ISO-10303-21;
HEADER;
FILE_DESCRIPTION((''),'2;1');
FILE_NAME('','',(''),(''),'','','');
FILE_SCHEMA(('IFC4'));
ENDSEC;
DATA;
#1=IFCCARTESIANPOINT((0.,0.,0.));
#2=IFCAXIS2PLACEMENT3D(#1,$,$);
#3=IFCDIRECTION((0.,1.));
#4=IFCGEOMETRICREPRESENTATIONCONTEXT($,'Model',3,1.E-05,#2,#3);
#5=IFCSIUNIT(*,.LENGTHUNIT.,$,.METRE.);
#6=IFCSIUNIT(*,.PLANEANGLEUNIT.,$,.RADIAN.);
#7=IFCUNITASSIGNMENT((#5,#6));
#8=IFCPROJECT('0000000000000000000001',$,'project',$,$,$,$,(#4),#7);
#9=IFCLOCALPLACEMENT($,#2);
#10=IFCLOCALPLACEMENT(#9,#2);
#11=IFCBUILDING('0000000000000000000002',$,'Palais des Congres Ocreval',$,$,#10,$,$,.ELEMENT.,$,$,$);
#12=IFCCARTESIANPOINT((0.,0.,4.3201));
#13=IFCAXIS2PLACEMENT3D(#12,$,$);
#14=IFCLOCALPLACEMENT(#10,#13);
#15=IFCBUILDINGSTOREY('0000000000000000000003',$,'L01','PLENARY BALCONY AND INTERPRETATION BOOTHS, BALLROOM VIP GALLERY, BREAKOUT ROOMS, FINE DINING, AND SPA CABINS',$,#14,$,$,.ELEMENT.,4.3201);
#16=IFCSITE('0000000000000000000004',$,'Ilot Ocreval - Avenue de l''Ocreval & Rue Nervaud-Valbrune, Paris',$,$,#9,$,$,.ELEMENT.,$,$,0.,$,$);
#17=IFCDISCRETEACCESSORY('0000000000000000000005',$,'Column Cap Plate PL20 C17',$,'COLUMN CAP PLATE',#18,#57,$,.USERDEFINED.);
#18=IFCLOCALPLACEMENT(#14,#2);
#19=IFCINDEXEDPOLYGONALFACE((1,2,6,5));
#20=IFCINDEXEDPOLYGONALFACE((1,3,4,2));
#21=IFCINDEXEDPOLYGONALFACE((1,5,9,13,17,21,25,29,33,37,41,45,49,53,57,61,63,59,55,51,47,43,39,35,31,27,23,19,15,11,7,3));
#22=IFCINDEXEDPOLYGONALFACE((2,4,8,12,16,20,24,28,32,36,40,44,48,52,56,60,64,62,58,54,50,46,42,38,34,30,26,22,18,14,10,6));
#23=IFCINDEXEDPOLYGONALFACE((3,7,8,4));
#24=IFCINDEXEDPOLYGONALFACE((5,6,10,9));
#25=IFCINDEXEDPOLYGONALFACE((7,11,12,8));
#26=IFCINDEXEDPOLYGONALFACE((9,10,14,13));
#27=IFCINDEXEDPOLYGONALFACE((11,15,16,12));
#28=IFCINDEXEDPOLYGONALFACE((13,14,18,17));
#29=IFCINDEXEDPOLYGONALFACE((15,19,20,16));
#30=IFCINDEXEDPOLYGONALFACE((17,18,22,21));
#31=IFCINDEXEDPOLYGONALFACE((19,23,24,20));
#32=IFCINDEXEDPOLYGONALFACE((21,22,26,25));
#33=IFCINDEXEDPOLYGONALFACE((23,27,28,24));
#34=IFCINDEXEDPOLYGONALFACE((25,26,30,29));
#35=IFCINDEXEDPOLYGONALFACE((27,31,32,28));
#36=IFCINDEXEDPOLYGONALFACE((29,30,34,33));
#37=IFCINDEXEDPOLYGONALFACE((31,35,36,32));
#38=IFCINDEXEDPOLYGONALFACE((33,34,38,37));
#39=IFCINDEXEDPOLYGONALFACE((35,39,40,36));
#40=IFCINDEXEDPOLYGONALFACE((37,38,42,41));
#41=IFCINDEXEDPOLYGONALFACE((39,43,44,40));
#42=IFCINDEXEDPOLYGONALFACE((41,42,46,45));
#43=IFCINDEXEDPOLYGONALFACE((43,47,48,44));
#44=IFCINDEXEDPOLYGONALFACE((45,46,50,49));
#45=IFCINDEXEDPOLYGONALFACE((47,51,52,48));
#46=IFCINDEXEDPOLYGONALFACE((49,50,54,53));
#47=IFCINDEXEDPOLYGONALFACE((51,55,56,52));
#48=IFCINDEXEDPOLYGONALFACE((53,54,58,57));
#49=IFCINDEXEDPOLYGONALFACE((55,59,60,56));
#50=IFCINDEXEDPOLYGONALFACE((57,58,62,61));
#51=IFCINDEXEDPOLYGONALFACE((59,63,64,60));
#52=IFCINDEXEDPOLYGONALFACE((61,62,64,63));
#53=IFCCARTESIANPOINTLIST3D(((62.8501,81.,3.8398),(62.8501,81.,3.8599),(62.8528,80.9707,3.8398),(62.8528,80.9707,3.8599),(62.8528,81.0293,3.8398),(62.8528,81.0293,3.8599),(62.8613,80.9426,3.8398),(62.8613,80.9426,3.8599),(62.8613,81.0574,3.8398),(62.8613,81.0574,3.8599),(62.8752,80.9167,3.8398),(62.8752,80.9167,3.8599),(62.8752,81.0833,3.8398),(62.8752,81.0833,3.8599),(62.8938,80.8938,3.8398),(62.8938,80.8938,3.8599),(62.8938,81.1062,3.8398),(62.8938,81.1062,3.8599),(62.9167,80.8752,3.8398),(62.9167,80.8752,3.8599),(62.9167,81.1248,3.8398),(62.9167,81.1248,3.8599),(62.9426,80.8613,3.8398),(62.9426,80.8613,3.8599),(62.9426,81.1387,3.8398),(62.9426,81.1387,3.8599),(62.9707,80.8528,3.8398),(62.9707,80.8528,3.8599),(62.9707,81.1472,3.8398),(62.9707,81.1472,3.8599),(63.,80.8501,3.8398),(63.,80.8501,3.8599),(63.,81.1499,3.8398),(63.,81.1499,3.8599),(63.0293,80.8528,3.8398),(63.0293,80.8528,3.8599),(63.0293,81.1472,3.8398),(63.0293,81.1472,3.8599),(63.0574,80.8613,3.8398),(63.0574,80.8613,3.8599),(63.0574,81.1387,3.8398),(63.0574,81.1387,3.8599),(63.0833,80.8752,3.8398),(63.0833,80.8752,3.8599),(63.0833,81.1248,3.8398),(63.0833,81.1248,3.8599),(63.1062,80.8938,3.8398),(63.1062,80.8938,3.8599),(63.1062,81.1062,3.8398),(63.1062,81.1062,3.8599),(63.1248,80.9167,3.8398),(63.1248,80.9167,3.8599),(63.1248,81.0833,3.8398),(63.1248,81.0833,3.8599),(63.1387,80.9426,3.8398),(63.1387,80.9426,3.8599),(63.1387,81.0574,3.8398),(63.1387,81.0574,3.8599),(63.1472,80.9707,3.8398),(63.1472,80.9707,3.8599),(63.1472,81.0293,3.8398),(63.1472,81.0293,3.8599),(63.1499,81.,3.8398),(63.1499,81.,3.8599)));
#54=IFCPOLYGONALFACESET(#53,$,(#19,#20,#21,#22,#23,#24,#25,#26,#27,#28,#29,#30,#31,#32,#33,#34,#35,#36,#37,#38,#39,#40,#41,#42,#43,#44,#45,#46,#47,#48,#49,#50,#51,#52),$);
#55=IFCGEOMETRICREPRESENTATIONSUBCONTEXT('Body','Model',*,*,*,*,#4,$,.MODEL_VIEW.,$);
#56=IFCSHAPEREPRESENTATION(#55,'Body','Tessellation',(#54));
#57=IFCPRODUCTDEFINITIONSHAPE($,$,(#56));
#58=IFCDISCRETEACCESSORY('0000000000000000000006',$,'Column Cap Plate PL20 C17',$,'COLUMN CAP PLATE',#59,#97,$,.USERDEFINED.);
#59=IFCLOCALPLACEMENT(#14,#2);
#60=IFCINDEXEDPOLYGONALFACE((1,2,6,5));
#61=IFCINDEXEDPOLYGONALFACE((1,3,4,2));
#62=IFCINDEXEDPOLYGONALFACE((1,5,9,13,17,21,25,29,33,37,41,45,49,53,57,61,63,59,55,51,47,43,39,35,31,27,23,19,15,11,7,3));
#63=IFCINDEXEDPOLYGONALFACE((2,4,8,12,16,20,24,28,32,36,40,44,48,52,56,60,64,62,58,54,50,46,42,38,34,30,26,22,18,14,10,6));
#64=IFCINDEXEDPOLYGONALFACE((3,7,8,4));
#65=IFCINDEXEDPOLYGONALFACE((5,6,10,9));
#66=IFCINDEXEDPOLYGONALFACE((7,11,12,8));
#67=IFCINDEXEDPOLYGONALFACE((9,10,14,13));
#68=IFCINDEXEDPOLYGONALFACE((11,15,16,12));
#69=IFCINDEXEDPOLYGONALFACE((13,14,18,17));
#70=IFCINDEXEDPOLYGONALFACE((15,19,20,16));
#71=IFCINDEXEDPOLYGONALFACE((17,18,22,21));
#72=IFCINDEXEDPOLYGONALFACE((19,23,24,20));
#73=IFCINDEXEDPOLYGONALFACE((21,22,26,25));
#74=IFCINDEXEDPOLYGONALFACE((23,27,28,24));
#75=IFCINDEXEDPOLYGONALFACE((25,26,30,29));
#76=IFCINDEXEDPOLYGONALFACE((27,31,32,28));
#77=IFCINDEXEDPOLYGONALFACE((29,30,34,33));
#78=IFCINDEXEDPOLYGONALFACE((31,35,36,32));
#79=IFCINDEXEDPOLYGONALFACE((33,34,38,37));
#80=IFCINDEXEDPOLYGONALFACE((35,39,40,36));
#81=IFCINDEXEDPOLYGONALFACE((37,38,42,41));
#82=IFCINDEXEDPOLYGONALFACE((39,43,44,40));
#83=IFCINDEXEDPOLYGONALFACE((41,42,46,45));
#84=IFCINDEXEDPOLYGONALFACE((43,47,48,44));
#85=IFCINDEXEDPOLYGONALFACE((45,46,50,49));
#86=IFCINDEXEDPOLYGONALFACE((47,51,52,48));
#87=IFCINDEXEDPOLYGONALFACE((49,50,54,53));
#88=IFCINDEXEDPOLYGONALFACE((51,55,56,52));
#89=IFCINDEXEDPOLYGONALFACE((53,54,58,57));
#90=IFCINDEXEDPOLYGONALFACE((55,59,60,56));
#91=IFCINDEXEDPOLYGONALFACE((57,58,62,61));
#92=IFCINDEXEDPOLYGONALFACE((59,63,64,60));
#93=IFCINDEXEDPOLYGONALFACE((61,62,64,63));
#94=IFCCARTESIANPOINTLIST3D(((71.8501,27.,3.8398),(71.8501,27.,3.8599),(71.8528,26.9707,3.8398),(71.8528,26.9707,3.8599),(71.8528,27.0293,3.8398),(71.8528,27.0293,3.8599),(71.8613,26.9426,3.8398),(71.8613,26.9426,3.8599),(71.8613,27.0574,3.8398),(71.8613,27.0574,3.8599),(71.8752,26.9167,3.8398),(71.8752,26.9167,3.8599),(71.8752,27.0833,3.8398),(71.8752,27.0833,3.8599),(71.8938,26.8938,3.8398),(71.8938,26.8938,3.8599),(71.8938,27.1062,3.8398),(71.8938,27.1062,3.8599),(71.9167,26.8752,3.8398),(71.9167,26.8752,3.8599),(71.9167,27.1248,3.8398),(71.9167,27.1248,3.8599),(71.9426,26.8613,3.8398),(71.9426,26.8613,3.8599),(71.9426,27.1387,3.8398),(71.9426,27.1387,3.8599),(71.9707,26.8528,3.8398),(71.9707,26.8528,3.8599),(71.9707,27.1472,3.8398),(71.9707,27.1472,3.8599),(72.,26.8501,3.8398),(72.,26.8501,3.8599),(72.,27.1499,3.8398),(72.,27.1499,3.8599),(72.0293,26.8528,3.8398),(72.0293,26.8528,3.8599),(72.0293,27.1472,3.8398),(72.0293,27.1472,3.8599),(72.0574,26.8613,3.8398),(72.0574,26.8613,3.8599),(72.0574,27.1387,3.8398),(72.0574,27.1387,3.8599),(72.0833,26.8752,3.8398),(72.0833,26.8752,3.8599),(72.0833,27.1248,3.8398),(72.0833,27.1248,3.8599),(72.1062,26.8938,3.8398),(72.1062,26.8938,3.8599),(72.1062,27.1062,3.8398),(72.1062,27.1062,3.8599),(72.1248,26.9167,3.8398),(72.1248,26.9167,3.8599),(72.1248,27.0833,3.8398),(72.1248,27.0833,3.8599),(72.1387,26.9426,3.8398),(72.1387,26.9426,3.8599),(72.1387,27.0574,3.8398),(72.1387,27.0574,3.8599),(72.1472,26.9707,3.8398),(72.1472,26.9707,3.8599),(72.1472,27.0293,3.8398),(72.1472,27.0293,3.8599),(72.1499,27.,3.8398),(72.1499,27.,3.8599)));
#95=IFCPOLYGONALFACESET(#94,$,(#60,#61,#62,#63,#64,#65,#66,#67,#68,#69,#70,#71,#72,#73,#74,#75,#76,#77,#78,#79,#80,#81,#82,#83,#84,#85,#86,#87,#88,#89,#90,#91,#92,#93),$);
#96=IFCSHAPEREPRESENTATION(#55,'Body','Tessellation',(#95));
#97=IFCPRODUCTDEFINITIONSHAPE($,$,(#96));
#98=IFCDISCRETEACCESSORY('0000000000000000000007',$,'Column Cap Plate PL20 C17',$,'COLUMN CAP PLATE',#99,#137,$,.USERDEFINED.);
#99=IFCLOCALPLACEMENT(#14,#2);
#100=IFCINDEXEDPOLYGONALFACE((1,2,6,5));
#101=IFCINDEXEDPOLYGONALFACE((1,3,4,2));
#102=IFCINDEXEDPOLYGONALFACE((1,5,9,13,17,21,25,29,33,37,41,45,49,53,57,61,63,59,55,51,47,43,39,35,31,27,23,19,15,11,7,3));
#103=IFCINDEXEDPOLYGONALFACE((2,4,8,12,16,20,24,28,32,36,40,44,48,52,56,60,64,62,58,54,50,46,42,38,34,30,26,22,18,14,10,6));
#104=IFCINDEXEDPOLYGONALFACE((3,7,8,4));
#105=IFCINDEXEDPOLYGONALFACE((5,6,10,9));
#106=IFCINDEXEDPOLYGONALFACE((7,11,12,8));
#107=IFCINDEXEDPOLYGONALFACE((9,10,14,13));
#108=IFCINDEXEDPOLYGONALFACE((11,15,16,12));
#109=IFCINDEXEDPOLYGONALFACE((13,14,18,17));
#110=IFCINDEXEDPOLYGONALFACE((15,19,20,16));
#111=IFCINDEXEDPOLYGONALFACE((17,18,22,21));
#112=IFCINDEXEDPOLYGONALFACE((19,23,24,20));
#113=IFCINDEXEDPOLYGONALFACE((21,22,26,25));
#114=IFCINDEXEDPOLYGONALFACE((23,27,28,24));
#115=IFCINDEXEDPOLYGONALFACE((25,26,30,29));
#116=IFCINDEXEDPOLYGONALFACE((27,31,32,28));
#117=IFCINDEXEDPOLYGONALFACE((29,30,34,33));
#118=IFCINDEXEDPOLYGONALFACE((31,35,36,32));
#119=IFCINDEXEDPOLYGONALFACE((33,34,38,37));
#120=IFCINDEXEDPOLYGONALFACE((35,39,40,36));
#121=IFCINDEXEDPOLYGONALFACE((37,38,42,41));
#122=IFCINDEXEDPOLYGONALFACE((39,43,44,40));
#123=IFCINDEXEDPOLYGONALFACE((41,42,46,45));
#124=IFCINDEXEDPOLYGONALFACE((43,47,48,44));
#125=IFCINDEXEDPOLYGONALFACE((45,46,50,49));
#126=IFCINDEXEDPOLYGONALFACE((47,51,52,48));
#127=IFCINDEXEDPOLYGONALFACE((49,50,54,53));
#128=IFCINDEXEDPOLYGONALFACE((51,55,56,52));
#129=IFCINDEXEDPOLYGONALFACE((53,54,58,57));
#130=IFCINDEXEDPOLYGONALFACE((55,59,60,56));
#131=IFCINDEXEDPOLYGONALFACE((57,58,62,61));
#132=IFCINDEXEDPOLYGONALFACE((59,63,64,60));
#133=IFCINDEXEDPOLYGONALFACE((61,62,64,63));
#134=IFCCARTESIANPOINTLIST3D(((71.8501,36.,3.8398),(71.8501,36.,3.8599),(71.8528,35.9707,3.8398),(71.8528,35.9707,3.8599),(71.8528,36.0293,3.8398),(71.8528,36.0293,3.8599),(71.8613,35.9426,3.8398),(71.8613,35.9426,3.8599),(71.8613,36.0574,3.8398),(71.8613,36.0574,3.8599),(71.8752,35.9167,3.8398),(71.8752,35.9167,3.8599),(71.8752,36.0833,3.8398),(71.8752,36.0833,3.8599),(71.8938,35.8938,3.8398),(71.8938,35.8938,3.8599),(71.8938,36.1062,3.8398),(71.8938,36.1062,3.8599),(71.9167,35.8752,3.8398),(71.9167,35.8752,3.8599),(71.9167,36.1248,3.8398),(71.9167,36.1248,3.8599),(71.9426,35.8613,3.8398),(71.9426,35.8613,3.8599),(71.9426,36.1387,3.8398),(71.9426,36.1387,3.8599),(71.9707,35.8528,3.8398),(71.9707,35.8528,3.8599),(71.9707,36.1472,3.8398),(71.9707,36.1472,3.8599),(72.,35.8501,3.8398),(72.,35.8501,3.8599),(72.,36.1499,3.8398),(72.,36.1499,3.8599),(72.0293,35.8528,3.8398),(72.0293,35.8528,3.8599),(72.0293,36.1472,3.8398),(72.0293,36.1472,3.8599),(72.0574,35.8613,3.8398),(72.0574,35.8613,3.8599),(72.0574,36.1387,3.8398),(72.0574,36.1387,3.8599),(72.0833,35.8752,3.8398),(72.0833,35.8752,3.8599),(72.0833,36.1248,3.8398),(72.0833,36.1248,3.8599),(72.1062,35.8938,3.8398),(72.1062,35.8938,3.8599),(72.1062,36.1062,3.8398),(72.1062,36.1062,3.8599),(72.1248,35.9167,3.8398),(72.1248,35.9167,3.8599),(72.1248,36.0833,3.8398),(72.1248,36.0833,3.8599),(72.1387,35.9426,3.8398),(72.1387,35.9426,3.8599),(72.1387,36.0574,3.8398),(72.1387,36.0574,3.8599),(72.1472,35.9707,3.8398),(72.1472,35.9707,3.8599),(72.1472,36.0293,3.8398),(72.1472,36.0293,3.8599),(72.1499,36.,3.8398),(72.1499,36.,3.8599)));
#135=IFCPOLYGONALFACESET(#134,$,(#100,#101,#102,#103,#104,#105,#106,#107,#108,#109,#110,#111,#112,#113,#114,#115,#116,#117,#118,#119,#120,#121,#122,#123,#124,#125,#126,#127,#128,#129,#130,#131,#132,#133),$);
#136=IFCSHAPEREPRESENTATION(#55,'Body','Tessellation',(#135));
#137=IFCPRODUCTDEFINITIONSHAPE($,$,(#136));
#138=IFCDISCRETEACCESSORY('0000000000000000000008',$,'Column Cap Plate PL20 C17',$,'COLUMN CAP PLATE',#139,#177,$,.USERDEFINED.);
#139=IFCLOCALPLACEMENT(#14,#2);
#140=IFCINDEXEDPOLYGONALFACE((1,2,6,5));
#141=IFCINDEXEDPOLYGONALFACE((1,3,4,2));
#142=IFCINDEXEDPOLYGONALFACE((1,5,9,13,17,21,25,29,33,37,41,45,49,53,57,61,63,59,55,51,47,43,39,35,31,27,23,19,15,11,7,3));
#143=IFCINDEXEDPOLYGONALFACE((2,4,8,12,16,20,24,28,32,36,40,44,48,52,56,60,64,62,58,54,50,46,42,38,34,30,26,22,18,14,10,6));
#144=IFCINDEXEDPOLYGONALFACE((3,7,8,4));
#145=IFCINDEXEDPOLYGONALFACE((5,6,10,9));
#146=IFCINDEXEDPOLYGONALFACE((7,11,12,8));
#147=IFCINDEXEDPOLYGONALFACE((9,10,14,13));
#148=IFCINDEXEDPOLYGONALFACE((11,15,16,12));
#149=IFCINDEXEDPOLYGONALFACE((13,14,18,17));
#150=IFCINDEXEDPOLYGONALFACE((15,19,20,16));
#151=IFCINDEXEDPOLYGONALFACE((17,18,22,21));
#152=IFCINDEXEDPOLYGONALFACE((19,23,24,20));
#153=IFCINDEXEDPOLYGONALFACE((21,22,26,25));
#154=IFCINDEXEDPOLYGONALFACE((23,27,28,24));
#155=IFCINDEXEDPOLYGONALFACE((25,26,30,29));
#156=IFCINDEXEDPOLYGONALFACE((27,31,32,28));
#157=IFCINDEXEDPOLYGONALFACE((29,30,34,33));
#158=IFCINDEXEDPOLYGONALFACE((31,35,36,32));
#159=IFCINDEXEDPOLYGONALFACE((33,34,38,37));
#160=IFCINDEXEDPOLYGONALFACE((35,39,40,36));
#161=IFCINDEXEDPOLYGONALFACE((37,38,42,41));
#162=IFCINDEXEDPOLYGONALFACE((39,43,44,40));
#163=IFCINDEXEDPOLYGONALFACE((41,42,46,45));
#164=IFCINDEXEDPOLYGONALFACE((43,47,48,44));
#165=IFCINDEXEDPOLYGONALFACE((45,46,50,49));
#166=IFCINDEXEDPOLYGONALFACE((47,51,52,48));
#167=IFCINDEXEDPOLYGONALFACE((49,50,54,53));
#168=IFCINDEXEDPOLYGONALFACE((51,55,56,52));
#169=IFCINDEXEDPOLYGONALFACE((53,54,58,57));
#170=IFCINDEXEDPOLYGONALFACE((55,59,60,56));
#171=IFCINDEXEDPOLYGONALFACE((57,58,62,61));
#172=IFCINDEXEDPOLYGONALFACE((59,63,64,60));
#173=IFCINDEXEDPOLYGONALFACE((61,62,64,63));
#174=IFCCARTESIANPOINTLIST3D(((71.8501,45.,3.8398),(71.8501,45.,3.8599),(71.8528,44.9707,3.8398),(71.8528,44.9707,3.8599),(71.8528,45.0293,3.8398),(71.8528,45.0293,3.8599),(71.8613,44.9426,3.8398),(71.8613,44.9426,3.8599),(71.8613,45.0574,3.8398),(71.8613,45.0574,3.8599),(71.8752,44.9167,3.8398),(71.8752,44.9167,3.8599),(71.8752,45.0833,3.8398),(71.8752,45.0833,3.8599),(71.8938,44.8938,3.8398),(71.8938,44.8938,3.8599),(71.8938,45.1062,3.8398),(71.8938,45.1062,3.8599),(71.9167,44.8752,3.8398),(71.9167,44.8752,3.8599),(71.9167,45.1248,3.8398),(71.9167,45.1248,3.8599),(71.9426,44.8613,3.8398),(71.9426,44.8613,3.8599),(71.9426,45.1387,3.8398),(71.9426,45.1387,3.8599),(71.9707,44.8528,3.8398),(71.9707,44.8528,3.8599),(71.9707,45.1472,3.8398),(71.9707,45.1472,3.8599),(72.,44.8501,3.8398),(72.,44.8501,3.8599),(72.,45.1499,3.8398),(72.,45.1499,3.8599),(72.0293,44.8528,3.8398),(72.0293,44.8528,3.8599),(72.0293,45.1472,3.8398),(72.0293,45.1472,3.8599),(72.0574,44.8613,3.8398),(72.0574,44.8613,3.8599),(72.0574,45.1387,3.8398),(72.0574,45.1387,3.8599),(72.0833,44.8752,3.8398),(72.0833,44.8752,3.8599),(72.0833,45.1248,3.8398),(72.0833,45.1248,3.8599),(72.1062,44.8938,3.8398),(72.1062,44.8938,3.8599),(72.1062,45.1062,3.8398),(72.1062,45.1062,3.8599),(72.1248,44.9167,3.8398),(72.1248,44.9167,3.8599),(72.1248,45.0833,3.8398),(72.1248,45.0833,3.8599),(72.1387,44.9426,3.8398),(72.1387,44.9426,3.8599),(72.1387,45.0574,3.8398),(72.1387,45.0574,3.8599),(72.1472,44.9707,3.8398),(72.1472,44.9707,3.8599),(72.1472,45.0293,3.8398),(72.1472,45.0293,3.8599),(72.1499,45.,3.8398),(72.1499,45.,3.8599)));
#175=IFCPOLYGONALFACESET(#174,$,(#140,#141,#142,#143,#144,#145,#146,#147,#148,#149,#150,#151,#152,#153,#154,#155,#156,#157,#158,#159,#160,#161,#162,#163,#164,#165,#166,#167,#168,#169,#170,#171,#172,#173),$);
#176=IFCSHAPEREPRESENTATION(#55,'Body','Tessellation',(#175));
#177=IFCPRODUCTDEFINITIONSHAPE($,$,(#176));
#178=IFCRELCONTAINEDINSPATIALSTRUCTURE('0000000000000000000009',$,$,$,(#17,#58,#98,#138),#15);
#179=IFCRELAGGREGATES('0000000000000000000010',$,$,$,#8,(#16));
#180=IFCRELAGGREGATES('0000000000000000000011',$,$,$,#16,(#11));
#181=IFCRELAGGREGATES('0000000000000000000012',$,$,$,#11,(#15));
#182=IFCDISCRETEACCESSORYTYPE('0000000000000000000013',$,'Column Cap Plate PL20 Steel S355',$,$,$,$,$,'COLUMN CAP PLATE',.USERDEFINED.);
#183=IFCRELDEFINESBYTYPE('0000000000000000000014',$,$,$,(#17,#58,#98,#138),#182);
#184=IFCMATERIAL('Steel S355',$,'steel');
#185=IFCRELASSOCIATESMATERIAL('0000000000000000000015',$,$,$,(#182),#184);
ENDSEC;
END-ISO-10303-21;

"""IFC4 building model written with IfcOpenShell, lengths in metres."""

from ifc_helpers import new_model, si_unit, direction, frame, origin, place, context, subcontext, project, spatial, polyline, outline, extrude, material, type_object, element, save


model = new_model("IFC4")

# Units and contexts
model_context = context("Model", 3, precision=1e-05, world=origin(), true_north=direction((0.0, 1.0)))
body_context = subcontext(model_context, "Body", "Model", "MODEL_VIEW")
ifc_project = project(units=[si_unit("LENGTHUNIT", "METRE"), si_unit("PLANEANGLEUNIT", "RADIAN")], contexts=[model_context])

# Site, building, storey
site_placement = place(None, origin())
site = spatial("IfcSite", under=ifc_project, at=site_placement, Name="Ilot Ocreval - Avenue de l'Ocreval & Rue Nervaud-Valbrune, Paris", CompositionType="ELEMENT", RefElevation=0.0)
building_placement = place(site_placement, origin())
building = spatial("IfcBuilding", under=site, at=building_placement, Name="Palais des Congres Ocreval", CompositionType="ELEMENT")
storey_placement = place(building_placement, frame((0.0, 0.0, 4.3201)))
storey = spatial("IfcBuildingStorey", under=building, at=storey_placement, Name="L01", Description="PLENARY BALCONY AND INTERPRETATION BOOTHS, BALLROOM VIP GALLERY, BREAKOUT ROOMS, FINE DINING, AND SPA CABINS", CompositionType="ELEMENT", Elevation=4.3201)

# Discrete accessories
ifc_material_1 = material(Name="Steel S355", Category="steel")
discrete_accessory_type = type_object("IfcDiscreteAccessoryType", Name="Column Cap Plate PL20 Steel S355", ElementType="COLUMN CAP PLATE", PredefinedType="USERDEFINED", material=ifc_material_1)
discrete_accessory_1_placement = place(storey_placement, frame((0.0, 0.0, 3.8398)))
element("IfcDiscreteAccessory", 1, at=discrete_accessory_1_placement, inside=storey, type_object=discrete_accessory_type, Name="Column Cap Plate PL20 C17", ObjectType="COLUMN CAP PLATE", PredefinedType="USERDEFINED", context=body_context, shape_type="SweptSolid", body=[
    extrude(outline(polyline([(63.1499, 81.0), (63.1472, 81.0293), (63.1387, 81.0574), (63.1248, 81.0833), (63.1062, 81.1062), (63.0833, 81.1248), (63.0574, 81.1387), (63.0293, 81.1472), (63.0, 81.1499), (62.9707, 81.1472), (62.9426, 81.1387), (62.9167, 81.1248), (62.8938, 81.1062), (62.8752, 81.0833), (62.8613, 81.0574), (62.8528, 81.0293), (62.8501, 81.0), (62.8528, 80.9707), (62.8613, 80.9426), (62.8752, 80.9167), (62.8938, 80.8938), (62.9167, 80.8752), (62.9426, 80.8613), (62.9707, 80.8528), (63.0, 80.8501), (63.0293, 80.8528), (63.0574, 80.8613), (63.0833, 80.8752), (63.1062, 80.8938), (63.1248, 80.9167), (63.1387, 80.9426), (63.1472, 80.9707), (63.1499, 81.0)])), origin(), (0.0, 0.0, 1.0), 0.02),
])
discrete_accessory_2_placement = place(storey_placement, frame((0.0, 0.0, 3.8398)))
element("IfcDiscreteAccessory", 2, at=discrete_accessory_2_placement, inside=storey, type_object=discrete_accessory_type, Name="Column Cap Plate PL20 C17", ObjectType="COLUMN CAP PLATE", PredefinedType="USERDEFINED", context=body_context, shape_type="SweptSolid", body=[
    extrude(outline(polyline([(72.1499, 27.0), (72.1472, 27.0293), (72.1387, 27.0574), (72.1248, 27.0833), (72.1062, 27.1062), (72.0833, 27.1248), (72.0574, 27.1387), (72.0293, 27.1472), (72.0, 27.1499), (71.9707, 27.1472), (71.9426, 27.1387), (71.9167, 27.1248), (71.8938, 27.1062), (71.8752, 27.0833), (71.8613, 27.0574), (71.8528, 27.0293), (71.8501, 27.0), (71.8528, 26.9707), (71.8613, 26.9426), (71.8752, 26.9167), (71.8938, 26.8938), (71.9167, 26.8752), (71.9426, 26.8613), (71.9707, 26.8528), (72.0, 26.8501), (72.0293, 26.8528), (72.0574, 26.8613), (72.0833, 26.8752), (72.1062, 26.8938), (72.1248, 26.9167), (72.1387, 26.9426), (72.1472, 26.9707), (72.1499, 27.0)])), origin(), (0.0, 0.0, 1.0), 0.02),
])
discrete_accessory_3_placement = place(storey_placement, frame((0.0, 0.0, 3.8398)))
element("IfcDiscreteAccessory", 3, at=discrete_accessory_3_placement, inside=storey, type_object=discrete_accessory_type, Name="Column Cap Plate PL20 C17", ObjectType="COLUMN CAP PLATE", PredefinedType="USERDEFINED", context=body_context, shape_type="SweptSolid", body=[
    extrude(outline(polyline([(72.1499, 36.0), (72.1472, 36.0293), (72.1387, 36.0574), (72.1248, 36.0833), (72.1062, 36.1062), (72.0833, 36.1248), (72.0574, 36.1387), (72.0293, 36.1472), (72.0, 36.1499), (71.9707, 36.1472), (71.9426, 36.1387), (71.9167, 36.1248), (71.8938, 36.1062), (71.8752, 36.0833), (71.8613, 36.0574), (71.8528, 36.0293), (71.8501, 36.0), (71.8528, 35.9707), (71.8613, 35.9426), (71.8752, 35.9167), (71.8938, 35.8938), (71.9167, 35.8752), (71.9426, 35.8613), (71.9707, 35.8528), (72.0, 35.8501), (72.0293, 35.8528), (72.0574, 35.8613), (72.0833, 35.8752), (72.1062, 35.8938), (72.1248, 35.9167), (72.1387, 35.9426), (72.1472, 35.9707), (72.1499, 36.0)])), origin(), (0.0, 0.0, 1.0), 0.02),
])
discrete_accessory_4_placement = place(storey_placement, frame((0.0, 0.0, 3.8398)))
element("IfcDiscreteAccessory", 4, at=discrete_accessory_4_placement, inside=storey, type_object=discrete_accessory_type, Name="Column Cap Plate PL20 C17", ObjectType="COLUMN CAP PLATE", PredefinedType="USERDEFINED", context=body_context, shape_type="SweptSolid", body=[
    extrude(outline(polyline([(72.1499, 45.0), (72.1472, 45.0293), (72.1387, 45.0574), (72.1248, 45.0833), (72.1062, 45.1062), (72.0833, 45.1248), (72.0574, 45.1387), (72.0293, 45.1472), (72.0, 45.1499), (71.9707, 45.1472), (71.9426, 45.1387), (71.9167, 45.1248), (71.8938, 45.1062), (71.8752, 45.0833), (71.8613, 45.0574), (71.8528, 45.0293), (71.8501, 45.0), (71.8528, 44.9707), (71.8613, 44.9426), (71.8752, 44.9167), (71.8938, 44.8938), (71.9167, 44.8752), (71.9426, 44.8613), (71.9707, 44.8528), (72.0, 44.8501), (72.0293, 44.8528), (72.0574, 44.8613), (72.0833, 44.8752), (72.1062, 44.8938), (72.1248, 44.9167), (72.1387, 44.9426), (72.1472, 44.9707), (72.1499, 45.0)])), origin(), (0.0, 0.0, 1.0), 0.02),
])

save(model, "model.ifc")
